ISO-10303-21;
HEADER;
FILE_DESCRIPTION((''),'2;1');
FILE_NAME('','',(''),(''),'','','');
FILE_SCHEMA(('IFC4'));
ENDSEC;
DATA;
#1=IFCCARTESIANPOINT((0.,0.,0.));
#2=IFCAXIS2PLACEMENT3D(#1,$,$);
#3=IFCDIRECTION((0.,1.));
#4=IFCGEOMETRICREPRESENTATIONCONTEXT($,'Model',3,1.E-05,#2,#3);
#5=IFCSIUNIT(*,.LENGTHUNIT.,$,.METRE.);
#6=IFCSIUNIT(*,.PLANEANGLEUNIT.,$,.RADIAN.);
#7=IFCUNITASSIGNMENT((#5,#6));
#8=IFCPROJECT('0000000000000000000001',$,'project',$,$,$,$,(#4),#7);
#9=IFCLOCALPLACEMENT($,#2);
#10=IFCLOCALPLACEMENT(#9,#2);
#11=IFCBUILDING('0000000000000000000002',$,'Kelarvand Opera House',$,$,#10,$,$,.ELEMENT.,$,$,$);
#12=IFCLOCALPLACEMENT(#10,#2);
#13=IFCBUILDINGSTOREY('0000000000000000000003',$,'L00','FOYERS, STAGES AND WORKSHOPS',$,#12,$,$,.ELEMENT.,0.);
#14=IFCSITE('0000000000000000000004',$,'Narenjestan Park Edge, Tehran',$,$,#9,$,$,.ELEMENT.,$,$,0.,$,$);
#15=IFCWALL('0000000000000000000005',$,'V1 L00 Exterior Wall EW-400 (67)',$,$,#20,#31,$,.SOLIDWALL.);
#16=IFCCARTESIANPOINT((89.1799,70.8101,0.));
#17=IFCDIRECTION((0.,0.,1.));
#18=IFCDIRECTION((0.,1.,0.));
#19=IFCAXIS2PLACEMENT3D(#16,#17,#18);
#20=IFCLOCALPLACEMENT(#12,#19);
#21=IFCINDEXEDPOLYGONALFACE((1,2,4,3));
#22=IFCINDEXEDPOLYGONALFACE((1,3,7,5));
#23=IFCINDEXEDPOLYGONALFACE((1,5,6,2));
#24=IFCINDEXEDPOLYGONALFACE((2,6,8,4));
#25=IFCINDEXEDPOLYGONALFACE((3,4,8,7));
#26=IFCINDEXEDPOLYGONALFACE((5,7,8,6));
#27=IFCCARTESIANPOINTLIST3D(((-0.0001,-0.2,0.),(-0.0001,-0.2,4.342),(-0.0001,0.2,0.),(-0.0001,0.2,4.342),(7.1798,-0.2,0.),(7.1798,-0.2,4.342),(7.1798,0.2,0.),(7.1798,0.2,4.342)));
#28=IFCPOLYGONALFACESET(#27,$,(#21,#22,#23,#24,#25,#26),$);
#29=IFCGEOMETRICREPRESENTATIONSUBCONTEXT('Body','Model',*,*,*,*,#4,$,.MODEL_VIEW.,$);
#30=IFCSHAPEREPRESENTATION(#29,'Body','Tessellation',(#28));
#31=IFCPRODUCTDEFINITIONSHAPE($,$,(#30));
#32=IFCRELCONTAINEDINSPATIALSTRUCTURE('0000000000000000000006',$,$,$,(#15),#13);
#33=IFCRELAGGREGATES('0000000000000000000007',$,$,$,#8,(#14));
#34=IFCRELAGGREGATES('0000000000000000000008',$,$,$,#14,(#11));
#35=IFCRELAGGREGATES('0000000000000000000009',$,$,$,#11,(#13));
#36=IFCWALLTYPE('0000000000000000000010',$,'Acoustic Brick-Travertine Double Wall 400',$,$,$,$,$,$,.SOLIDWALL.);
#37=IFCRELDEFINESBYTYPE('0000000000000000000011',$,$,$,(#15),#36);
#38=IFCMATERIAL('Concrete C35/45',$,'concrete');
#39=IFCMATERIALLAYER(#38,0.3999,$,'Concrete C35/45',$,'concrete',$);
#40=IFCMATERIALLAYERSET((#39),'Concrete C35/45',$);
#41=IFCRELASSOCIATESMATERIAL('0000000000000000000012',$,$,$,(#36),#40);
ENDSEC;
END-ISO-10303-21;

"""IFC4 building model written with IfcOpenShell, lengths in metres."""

from ifc_helpers import new_model, si_unit, direction, frame, frame_2d, origin, place, context, subcontext, project, spatial, rectangle, extrude, material, layer, layer_set, type_object, element, save


model = new_model("IFC4")

# Units and contexts
model_context = context("Model", 3, precision=1e-05, world=origin(), true_north=direction((0.0, 1.0)))
body_context = subcontext(model_context, "Body", "Model", "MODEL_VIEW")
ifc_project = project(units=[si_unit("LENGTHUNIT", "METRE"), si_unit("PLANEANGLEUNIT", "RADIAN")], contexts=[model_context])

# Site, building, storey
site_placement = place(None, origin())
site = spatial("IfcSite", under=ifc_project, at=site_placement, Name="Narenjestan Park Edge, Tehran", CompositionType="ELEMENT", RefElevation=0.0)
building_placement = place(site_placement, origin())
building = spatial("IfcBuilding", under=site, at=building_placement, Name="Kelarvand Opera House", CompositionType="ELEMENT")
storey_placement = place(building_placement, origin())
storey = spatial("IfcBuildingStorey", under=building, at=storey_placement, Name="L00", Description="FOYERS, STAGES AND WORKSHOPS", CompositionType="ELEMENT", Elevation=0.0)

# Wall
ifc_material_1 = material(Name="Concrete C35/45", Category="concrete")
ifc_layer = layer(ifc_material_1, 0.3999, Name="Concrete C35/45", Category="concrete")
ifc_layer_set = layer_set([ifc_layer], Name="Concrete C35/45")
wall_type = type_object("IfcWallType", Name="Acoustic Brick-Travertine Double Wall 400", PredefinedType="SOLIDWALL", material=ifc_layer_set)
wall_1_placement = place(storey_placement, frame((89.1799, 70.8101, 0.0), z_axis=(0.0, 0.0, 1.0), x_axis=(0.0, 1.0, 0.0)))
element("IfcWall", 1, at=wall_1_placement, inside=storey, type_object=wall_type, Name="V1 L00 Exterior Wall EW-400 (67)", PredefinedType="SOLIDWALL", context=body_context, shape_type="SweptSolid", body=[
    extrude(rectangle(XDim=7.1799, YDim=0.3999, at=frame_2d((3.5898, 0.0))), origin(), (0.0, 0.0, 1.0), 4.342),
])

save(model, "model.ifc")
